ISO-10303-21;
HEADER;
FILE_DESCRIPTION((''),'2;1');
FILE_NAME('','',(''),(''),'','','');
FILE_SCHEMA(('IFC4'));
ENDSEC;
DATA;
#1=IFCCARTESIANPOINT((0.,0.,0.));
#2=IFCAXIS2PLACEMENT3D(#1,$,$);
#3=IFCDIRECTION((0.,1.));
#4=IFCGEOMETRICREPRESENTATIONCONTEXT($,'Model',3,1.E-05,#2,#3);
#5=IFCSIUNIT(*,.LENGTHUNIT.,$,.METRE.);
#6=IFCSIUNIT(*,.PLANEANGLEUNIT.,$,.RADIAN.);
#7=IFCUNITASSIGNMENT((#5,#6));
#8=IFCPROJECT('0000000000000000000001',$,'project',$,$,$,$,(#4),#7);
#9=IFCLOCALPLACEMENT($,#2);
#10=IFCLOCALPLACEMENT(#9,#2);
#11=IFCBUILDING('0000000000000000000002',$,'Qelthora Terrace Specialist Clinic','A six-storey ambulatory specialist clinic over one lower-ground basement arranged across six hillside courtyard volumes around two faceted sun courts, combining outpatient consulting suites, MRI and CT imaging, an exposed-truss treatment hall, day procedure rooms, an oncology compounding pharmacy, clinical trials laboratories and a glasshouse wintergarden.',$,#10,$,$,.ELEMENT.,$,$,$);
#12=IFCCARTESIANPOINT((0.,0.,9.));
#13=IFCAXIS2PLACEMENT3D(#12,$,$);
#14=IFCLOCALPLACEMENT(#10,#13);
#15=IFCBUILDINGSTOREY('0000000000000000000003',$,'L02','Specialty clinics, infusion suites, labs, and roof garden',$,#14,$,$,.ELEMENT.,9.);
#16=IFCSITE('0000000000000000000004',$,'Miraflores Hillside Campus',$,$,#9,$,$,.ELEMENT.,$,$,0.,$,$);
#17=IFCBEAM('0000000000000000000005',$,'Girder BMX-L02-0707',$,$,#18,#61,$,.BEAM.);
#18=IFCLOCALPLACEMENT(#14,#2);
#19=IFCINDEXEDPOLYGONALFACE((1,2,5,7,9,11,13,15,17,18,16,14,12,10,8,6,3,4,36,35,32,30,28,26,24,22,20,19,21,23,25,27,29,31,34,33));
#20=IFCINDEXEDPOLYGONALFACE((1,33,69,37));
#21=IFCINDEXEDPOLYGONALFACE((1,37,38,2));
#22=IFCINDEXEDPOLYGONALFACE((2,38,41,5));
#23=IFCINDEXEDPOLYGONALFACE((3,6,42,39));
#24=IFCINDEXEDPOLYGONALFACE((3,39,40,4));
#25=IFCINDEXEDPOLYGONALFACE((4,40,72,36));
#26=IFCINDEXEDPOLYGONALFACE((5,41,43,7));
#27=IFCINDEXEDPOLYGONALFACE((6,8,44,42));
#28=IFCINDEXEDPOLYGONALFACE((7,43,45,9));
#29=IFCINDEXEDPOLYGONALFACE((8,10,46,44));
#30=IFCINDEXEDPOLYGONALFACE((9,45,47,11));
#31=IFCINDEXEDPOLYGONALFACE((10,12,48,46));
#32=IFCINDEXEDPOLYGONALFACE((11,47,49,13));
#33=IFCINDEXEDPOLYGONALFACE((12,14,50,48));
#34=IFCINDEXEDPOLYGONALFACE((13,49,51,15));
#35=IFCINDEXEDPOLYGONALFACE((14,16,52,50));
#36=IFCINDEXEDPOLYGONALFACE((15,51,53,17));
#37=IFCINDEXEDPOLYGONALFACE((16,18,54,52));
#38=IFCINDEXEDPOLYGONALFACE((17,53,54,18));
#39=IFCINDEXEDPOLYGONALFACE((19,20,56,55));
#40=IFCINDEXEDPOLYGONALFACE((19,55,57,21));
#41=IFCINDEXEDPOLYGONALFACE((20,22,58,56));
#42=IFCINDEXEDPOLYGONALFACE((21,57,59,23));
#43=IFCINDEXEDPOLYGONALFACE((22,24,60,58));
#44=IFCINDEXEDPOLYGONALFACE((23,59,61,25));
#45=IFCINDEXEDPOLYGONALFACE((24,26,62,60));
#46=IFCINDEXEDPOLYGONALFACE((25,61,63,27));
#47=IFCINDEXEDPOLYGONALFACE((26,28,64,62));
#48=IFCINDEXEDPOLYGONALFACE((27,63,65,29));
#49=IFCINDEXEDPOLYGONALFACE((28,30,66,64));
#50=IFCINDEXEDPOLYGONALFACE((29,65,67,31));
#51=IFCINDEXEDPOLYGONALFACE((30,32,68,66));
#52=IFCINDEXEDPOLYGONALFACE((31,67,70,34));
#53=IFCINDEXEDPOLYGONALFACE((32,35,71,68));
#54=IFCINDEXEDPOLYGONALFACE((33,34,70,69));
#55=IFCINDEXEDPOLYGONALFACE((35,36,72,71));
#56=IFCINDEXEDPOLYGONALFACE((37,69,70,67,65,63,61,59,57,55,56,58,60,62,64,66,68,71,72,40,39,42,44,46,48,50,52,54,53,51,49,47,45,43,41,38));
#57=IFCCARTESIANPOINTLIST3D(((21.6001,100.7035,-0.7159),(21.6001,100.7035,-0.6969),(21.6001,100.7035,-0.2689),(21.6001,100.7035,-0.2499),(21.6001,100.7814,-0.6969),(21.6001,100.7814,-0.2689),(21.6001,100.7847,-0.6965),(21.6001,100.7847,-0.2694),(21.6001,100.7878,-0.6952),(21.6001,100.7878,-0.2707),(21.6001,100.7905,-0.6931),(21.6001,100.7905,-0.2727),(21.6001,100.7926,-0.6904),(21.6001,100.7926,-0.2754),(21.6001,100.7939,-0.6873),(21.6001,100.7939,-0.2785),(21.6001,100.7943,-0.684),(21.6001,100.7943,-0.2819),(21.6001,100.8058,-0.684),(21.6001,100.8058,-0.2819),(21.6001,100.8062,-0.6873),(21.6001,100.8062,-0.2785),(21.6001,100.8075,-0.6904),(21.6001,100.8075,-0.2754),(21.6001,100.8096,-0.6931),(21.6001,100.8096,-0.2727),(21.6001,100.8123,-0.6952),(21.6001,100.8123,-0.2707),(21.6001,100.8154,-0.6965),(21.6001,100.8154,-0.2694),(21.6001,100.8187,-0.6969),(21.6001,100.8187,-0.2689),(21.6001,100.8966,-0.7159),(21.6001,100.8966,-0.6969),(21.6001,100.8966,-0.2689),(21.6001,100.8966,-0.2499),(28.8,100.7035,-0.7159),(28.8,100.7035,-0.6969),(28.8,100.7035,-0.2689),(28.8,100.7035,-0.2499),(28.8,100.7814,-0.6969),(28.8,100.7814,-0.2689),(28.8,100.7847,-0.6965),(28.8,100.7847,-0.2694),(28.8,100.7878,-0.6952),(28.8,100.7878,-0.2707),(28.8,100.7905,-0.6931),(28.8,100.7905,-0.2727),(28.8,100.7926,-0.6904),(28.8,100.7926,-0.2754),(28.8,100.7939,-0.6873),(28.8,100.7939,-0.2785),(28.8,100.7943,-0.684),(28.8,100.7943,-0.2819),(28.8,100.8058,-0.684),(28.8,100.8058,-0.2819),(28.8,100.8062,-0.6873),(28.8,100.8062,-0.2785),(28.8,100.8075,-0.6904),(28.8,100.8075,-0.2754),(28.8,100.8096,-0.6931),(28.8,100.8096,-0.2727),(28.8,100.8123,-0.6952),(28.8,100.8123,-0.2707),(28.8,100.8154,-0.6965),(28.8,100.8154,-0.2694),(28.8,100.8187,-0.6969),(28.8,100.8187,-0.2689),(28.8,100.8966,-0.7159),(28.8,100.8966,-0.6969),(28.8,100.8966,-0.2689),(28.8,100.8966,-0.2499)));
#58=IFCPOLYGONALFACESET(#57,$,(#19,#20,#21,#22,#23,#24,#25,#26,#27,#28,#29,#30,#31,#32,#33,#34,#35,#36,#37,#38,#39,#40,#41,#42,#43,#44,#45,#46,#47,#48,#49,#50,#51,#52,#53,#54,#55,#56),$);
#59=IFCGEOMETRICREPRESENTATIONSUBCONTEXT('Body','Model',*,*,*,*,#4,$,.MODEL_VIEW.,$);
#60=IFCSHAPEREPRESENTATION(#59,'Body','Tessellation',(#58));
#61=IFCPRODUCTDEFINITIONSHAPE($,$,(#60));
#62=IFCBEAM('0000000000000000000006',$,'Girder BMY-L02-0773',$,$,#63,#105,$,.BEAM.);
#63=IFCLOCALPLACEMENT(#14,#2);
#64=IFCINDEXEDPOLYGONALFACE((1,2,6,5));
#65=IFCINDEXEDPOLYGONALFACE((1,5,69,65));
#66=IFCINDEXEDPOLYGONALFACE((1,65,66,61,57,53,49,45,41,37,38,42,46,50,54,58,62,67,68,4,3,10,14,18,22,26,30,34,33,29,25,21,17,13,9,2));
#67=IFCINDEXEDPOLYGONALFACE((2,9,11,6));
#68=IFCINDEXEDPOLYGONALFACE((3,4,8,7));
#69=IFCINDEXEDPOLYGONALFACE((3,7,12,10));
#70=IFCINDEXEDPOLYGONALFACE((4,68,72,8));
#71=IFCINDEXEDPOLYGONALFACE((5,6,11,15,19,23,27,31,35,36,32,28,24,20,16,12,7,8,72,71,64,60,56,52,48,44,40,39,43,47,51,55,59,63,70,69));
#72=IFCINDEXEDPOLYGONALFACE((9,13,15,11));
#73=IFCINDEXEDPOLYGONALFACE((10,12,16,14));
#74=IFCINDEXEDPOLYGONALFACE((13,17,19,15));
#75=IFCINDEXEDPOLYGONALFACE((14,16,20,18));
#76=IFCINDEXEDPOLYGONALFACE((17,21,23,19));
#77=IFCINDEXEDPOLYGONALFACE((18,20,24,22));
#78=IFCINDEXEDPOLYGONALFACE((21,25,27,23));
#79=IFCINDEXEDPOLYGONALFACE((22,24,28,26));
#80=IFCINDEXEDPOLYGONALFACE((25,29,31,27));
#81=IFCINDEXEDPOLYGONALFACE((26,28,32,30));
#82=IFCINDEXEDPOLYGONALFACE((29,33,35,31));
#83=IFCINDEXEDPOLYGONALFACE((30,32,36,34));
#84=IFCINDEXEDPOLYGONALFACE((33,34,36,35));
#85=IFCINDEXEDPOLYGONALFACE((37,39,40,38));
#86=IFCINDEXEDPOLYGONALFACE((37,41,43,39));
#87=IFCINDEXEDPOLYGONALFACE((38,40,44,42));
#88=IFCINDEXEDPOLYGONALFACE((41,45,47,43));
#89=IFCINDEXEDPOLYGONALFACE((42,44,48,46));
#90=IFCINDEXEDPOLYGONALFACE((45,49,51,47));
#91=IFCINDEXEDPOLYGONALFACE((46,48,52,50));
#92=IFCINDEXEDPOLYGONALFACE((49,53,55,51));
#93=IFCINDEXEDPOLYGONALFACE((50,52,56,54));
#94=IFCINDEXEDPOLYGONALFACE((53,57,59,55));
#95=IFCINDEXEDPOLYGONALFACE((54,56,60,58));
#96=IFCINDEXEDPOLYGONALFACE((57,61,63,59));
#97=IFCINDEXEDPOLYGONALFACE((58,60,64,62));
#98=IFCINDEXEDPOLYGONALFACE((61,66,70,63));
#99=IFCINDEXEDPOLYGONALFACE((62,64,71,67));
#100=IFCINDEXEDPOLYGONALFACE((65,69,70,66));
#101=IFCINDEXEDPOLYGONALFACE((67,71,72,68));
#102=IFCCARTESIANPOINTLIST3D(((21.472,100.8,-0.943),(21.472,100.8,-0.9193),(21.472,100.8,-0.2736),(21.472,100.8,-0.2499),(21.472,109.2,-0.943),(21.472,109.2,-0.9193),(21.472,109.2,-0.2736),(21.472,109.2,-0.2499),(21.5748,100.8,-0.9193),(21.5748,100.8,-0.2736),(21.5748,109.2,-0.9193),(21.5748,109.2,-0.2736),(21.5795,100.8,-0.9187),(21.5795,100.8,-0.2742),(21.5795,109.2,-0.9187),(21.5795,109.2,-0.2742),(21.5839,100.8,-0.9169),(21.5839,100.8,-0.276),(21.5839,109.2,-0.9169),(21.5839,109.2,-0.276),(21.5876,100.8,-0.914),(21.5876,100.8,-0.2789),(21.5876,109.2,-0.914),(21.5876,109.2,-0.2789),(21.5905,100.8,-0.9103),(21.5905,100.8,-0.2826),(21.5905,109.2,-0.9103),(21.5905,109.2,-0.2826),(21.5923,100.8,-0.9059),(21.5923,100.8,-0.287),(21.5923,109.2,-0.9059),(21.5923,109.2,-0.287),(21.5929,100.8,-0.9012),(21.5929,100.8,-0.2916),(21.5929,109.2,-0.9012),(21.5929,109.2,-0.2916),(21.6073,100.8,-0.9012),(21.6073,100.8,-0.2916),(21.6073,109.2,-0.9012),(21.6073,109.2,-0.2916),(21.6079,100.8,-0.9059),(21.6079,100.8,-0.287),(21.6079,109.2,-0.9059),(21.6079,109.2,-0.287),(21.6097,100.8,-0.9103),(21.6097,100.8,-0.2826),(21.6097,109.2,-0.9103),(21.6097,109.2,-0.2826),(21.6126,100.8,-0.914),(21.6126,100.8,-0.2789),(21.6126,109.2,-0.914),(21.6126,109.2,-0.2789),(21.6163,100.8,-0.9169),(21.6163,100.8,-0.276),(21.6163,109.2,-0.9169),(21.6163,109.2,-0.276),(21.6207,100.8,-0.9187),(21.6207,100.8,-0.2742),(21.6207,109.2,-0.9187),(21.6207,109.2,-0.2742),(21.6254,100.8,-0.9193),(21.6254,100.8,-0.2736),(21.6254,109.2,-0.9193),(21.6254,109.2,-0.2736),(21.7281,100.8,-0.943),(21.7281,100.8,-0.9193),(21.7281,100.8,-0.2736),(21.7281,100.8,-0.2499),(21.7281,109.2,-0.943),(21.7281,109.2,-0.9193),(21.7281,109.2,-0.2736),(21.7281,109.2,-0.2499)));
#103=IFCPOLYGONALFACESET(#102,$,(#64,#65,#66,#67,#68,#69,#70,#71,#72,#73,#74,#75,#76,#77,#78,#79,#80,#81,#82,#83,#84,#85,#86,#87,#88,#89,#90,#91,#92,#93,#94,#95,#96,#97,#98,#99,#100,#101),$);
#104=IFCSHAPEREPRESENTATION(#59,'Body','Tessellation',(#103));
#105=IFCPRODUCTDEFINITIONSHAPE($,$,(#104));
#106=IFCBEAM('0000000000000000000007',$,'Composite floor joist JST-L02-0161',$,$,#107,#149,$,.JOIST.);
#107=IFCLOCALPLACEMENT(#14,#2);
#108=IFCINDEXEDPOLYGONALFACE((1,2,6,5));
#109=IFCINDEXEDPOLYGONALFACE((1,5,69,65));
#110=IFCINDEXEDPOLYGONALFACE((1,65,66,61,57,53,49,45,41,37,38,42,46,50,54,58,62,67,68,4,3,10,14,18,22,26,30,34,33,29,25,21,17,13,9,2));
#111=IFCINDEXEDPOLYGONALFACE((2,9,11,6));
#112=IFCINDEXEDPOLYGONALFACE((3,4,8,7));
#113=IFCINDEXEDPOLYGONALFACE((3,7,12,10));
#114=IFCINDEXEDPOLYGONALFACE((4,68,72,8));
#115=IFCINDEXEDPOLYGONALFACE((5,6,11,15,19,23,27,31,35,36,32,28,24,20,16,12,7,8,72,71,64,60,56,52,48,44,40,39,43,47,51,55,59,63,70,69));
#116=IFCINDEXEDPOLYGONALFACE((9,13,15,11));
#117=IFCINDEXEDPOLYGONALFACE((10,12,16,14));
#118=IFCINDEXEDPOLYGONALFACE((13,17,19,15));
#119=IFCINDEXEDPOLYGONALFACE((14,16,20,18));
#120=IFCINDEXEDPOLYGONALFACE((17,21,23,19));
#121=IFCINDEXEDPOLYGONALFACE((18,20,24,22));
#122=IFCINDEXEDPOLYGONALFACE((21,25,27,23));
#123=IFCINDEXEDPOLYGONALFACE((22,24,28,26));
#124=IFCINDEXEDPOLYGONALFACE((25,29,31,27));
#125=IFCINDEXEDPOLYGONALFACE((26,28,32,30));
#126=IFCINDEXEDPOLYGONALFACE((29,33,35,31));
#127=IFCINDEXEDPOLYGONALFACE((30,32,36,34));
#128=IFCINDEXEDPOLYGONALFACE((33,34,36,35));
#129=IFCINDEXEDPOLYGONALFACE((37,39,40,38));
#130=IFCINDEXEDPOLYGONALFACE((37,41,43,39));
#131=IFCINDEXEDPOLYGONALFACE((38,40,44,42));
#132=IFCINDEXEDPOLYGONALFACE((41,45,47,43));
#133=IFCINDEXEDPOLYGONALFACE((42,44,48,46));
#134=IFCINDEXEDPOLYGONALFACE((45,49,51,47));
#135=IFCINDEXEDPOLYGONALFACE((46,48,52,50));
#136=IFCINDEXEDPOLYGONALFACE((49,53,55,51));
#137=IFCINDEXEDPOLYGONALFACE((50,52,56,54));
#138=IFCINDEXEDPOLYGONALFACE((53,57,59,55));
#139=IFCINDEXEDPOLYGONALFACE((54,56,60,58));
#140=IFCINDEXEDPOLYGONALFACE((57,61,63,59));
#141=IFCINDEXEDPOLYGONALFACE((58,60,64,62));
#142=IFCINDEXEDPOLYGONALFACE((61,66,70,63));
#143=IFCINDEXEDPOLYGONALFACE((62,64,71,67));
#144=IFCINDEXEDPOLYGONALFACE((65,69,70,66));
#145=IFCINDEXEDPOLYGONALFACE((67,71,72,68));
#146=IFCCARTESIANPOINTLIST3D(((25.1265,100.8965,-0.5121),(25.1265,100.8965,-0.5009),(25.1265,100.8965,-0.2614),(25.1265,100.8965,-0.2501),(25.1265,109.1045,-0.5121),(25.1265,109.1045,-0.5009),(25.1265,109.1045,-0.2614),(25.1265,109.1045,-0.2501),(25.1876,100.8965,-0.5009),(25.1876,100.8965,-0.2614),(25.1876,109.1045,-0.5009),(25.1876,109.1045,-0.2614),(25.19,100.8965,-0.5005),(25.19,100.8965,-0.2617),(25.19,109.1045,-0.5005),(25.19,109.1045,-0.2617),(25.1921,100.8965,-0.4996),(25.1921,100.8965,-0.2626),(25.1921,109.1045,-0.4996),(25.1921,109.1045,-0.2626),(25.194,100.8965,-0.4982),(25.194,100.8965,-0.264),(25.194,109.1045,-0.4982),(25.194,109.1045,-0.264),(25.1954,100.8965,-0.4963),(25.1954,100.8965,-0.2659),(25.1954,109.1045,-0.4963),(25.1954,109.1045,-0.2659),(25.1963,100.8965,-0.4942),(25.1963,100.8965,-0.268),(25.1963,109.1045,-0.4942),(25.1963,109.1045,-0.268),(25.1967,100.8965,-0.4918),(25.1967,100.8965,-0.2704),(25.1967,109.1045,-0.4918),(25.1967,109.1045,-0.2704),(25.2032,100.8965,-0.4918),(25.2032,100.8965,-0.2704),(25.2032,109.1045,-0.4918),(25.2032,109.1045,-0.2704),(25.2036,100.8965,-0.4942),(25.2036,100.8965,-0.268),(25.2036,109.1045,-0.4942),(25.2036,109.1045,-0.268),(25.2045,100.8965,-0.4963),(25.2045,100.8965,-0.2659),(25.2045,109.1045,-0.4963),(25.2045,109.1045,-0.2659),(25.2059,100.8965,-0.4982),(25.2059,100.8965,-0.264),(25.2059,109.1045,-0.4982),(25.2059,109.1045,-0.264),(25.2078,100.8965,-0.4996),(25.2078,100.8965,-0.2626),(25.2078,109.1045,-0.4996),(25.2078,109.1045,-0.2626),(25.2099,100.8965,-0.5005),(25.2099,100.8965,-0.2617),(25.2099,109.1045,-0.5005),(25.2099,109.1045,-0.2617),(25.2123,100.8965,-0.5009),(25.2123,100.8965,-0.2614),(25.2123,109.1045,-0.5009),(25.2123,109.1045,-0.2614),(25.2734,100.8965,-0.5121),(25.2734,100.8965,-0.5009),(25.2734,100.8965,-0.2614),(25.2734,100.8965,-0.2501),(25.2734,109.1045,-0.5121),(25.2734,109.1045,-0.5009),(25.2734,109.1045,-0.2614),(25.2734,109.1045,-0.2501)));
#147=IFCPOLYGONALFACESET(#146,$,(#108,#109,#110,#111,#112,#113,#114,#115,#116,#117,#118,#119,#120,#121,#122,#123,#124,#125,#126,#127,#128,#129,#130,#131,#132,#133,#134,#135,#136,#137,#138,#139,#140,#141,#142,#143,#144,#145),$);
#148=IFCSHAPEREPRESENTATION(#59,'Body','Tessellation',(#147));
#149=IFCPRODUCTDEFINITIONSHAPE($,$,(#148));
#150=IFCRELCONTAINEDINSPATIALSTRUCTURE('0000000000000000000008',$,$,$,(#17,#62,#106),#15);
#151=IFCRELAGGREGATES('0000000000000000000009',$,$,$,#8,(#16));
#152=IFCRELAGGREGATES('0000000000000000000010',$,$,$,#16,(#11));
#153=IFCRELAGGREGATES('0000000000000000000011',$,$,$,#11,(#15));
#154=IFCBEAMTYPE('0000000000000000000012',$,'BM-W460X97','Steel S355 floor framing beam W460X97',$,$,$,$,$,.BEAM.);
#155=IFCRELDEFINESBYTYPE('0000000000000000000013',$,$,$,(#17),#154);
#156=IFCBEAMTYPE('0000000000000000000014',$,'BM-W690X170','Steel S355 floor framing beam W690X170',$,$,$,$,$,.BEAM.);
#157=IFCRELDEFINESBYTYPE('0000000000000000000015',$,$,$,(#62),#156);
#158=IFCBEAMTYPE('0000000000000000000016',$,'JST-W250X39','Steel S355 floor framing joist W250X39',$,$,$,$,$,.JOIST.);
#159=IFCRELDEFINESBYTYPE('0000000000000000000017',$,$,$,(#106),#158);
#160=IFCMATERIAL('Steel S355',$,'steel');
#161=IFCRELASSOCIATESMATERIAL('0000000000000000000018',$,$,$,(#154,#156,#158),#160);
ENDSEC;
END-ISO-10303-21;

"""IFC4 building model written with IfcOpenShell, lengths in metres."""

from ifc_helpers import new_model, si_unit, direction, frame, origin, origin_2d, place, context, subcontext, project, spatial, i_section, extrude, material, material_profile, profile_set, type_object, element, save


model = new_model("IFC4")

# Units and contexts
model_context = context("Model", 3, precision=1e-05, world=origin(), true_north=direction((0.0, 1.0)))
body_context = subcontext(model_context, "Body", "Model", "MODEL_VIEW")
ifc_project = project(units=[si_unit("LENGTHUNIT", "METRE"), si_unit("PLANEANGLEUNIT", "RADIAN")], contexts=[model_context])

# Site, building, storey
site_placement = place(None, origin())
site = spatial("IfcSite", under=ifc_project, at=site_placement, Name="Miraflores Hillside Campus", CompositionType="ELEMENT", RefElevation=0.0)
building_placement = place(site_placement, origin())
building = spatial("IfcBuilding", under=site, at=building_placement, Name="Qelthora Terrace Specialist Clinic", Description="A six-storey ambulatory specialist clinic over one lower-ground basement arranged across six hillside courtyard volumes around two faceted sun courts, combining outpatient consulting suites, MRI and CT imaging, an exposed-truss treatment hall, day procedure rooms, an oncology compounding pharmacy, clinical trials laboratories and a glasshouse wintergarden.", CompositionType="ELEMENT")
storey_placement = place(building_placement, frame((0.0, 0.0, 9.0)))
storey = spatial("IfcBuildingStorey", under=building, at=storey_placement, Name="L02", Description="Specialty clinics, infusion suites, labs, and roof garden", CompositionType="ELEMENT", Elevation=9.0)

# Shared definitions
ifc_material_1 = material(Name="Steel S355", Category="steel")

# Beams
ifc_material_profile_1 = material_profile(ifc_material_1, i_section(OverallWidth=0.1931, OverallDepth=0.4661, WebThickness=0.0115, FlangeThickness=0.019, FilletRadius=0.0129, at=origin_2d()), Name="W460X97")
ifc_profile_set_1 = profile_set([ifc_material_profile_1], Name="Steel S355")
beam_type_1 = type_object("IfcBeamType", Name="BM-W460X97", Description="Steel S355 floor framing beam W460X97", PredefinedType="BEAM", material=ifc_profile_set_1)
beam_1_placement = place(storey_placement, frame((21.6001, 100.8, -0.4829), z_axis=(1.0, 0.0, 0.0), x_axis=(0.0, 1.0, 0.0)))
element("IfcBeam", 1, at=beam_1_placement, inside=storey, type_object=beam_type_1, Name="Girder BMX-L02-0707", PredefinedType="BEAM", context=body_context, shape_type="SweptSolid", body=[
    extrude(i_section(OverallWidth=0.1931, OverallDepth=0.4661, WebThickness=0.0115, FlangeThickness=0.019, FilletRadius=0.0129, at=origin_2d()), origin(), (0.0, 0.0, 1.0), 7.2),
])
ifc_material_profile_2 = material_profile(ifc_material_1, i_section(OverallWidth=0.2561, OverallDepth=0.6931, WebThickness=0.0144, FlangeThickness=0.0237, FilletRadius=0.0181, at=origin_2d()), Name="W690X170")
ifc_profile_set_2 = profile_set([ifc_material_profile_2], Name="Steel S355")
beam_type_2 = type_object("IfcBeamType", Name="BM-W690X170", Description="Steel S355 floor framing beam W690X170", PredefinedType="BEAM", material=ifc_profile_set_2)
beam_2_placement = place(storey_placement, frame((21.6001, 100.8, -0.5964), z_axis=(0.0, 1.0, 0.0), x_axis=(-1.0, 0.0, 0.0)))
element("IfcBeam", 2, at=beam_2_placement, inside=storey, type_object=beam_type_2, Name="Girder BMY-L02-0773", PredefinedType="BEAM", context=body_context, shape_type="SweptSolid", body=[
    extrude(i_section(OverallWidth=0.2561, OverallDepth=0.6931, WebThickness=0.0144, FlangeThickness=0.0237, FilletRadius=0.0181, at=origin_2d()), origin(), (0.0, 0.0, 1.0), 8.3999),
])
ifc_material_profile_3 = material_profile(ifc_material_1, i_section(OverallWidth=0.147, OverallDepth=0.262, WebThickness=0.0066, FlangeThickness=0.0112, FilletRadius=0.009, at=origin_2d()), Name="W250X39")
ifc_profile_set_3 = profile_set([ifc_material_profile_3], Name="Steel S355")
beam_type_3 = type_object("IfcBeamType", Name="JST-W250X39", Description="Steel S355 floor framing joist W250X39", PredefinedType="JOIST", material=ifc_profile_set_3)
beam_3_placement = place(storey_placement, frame((25.2, 100.8965, -0.3811), z_axis=(0.0, 1.0, 0.0), x_axis=(-1.0, 0.0, 0.0)))
element("IfcBeam", 3, at=beam_3_placement, inside=storey, type_object=beam_type_3, Name="Composite floor joist JST-L02-0161", PredefinedType="JOIST", context=body_context, shape_type="SweptSolid", body=[
    extrude(i_section(OverallWidth=0.147, OverallDepth=0.262, WebThickness=0.0066, FlangeThickness=0.0112, FilletRadius=0.009, at=origin_2d()), origin(), (0.0, 0.0, 1.0), 8.208),
])

save(model, "model.ifc")
